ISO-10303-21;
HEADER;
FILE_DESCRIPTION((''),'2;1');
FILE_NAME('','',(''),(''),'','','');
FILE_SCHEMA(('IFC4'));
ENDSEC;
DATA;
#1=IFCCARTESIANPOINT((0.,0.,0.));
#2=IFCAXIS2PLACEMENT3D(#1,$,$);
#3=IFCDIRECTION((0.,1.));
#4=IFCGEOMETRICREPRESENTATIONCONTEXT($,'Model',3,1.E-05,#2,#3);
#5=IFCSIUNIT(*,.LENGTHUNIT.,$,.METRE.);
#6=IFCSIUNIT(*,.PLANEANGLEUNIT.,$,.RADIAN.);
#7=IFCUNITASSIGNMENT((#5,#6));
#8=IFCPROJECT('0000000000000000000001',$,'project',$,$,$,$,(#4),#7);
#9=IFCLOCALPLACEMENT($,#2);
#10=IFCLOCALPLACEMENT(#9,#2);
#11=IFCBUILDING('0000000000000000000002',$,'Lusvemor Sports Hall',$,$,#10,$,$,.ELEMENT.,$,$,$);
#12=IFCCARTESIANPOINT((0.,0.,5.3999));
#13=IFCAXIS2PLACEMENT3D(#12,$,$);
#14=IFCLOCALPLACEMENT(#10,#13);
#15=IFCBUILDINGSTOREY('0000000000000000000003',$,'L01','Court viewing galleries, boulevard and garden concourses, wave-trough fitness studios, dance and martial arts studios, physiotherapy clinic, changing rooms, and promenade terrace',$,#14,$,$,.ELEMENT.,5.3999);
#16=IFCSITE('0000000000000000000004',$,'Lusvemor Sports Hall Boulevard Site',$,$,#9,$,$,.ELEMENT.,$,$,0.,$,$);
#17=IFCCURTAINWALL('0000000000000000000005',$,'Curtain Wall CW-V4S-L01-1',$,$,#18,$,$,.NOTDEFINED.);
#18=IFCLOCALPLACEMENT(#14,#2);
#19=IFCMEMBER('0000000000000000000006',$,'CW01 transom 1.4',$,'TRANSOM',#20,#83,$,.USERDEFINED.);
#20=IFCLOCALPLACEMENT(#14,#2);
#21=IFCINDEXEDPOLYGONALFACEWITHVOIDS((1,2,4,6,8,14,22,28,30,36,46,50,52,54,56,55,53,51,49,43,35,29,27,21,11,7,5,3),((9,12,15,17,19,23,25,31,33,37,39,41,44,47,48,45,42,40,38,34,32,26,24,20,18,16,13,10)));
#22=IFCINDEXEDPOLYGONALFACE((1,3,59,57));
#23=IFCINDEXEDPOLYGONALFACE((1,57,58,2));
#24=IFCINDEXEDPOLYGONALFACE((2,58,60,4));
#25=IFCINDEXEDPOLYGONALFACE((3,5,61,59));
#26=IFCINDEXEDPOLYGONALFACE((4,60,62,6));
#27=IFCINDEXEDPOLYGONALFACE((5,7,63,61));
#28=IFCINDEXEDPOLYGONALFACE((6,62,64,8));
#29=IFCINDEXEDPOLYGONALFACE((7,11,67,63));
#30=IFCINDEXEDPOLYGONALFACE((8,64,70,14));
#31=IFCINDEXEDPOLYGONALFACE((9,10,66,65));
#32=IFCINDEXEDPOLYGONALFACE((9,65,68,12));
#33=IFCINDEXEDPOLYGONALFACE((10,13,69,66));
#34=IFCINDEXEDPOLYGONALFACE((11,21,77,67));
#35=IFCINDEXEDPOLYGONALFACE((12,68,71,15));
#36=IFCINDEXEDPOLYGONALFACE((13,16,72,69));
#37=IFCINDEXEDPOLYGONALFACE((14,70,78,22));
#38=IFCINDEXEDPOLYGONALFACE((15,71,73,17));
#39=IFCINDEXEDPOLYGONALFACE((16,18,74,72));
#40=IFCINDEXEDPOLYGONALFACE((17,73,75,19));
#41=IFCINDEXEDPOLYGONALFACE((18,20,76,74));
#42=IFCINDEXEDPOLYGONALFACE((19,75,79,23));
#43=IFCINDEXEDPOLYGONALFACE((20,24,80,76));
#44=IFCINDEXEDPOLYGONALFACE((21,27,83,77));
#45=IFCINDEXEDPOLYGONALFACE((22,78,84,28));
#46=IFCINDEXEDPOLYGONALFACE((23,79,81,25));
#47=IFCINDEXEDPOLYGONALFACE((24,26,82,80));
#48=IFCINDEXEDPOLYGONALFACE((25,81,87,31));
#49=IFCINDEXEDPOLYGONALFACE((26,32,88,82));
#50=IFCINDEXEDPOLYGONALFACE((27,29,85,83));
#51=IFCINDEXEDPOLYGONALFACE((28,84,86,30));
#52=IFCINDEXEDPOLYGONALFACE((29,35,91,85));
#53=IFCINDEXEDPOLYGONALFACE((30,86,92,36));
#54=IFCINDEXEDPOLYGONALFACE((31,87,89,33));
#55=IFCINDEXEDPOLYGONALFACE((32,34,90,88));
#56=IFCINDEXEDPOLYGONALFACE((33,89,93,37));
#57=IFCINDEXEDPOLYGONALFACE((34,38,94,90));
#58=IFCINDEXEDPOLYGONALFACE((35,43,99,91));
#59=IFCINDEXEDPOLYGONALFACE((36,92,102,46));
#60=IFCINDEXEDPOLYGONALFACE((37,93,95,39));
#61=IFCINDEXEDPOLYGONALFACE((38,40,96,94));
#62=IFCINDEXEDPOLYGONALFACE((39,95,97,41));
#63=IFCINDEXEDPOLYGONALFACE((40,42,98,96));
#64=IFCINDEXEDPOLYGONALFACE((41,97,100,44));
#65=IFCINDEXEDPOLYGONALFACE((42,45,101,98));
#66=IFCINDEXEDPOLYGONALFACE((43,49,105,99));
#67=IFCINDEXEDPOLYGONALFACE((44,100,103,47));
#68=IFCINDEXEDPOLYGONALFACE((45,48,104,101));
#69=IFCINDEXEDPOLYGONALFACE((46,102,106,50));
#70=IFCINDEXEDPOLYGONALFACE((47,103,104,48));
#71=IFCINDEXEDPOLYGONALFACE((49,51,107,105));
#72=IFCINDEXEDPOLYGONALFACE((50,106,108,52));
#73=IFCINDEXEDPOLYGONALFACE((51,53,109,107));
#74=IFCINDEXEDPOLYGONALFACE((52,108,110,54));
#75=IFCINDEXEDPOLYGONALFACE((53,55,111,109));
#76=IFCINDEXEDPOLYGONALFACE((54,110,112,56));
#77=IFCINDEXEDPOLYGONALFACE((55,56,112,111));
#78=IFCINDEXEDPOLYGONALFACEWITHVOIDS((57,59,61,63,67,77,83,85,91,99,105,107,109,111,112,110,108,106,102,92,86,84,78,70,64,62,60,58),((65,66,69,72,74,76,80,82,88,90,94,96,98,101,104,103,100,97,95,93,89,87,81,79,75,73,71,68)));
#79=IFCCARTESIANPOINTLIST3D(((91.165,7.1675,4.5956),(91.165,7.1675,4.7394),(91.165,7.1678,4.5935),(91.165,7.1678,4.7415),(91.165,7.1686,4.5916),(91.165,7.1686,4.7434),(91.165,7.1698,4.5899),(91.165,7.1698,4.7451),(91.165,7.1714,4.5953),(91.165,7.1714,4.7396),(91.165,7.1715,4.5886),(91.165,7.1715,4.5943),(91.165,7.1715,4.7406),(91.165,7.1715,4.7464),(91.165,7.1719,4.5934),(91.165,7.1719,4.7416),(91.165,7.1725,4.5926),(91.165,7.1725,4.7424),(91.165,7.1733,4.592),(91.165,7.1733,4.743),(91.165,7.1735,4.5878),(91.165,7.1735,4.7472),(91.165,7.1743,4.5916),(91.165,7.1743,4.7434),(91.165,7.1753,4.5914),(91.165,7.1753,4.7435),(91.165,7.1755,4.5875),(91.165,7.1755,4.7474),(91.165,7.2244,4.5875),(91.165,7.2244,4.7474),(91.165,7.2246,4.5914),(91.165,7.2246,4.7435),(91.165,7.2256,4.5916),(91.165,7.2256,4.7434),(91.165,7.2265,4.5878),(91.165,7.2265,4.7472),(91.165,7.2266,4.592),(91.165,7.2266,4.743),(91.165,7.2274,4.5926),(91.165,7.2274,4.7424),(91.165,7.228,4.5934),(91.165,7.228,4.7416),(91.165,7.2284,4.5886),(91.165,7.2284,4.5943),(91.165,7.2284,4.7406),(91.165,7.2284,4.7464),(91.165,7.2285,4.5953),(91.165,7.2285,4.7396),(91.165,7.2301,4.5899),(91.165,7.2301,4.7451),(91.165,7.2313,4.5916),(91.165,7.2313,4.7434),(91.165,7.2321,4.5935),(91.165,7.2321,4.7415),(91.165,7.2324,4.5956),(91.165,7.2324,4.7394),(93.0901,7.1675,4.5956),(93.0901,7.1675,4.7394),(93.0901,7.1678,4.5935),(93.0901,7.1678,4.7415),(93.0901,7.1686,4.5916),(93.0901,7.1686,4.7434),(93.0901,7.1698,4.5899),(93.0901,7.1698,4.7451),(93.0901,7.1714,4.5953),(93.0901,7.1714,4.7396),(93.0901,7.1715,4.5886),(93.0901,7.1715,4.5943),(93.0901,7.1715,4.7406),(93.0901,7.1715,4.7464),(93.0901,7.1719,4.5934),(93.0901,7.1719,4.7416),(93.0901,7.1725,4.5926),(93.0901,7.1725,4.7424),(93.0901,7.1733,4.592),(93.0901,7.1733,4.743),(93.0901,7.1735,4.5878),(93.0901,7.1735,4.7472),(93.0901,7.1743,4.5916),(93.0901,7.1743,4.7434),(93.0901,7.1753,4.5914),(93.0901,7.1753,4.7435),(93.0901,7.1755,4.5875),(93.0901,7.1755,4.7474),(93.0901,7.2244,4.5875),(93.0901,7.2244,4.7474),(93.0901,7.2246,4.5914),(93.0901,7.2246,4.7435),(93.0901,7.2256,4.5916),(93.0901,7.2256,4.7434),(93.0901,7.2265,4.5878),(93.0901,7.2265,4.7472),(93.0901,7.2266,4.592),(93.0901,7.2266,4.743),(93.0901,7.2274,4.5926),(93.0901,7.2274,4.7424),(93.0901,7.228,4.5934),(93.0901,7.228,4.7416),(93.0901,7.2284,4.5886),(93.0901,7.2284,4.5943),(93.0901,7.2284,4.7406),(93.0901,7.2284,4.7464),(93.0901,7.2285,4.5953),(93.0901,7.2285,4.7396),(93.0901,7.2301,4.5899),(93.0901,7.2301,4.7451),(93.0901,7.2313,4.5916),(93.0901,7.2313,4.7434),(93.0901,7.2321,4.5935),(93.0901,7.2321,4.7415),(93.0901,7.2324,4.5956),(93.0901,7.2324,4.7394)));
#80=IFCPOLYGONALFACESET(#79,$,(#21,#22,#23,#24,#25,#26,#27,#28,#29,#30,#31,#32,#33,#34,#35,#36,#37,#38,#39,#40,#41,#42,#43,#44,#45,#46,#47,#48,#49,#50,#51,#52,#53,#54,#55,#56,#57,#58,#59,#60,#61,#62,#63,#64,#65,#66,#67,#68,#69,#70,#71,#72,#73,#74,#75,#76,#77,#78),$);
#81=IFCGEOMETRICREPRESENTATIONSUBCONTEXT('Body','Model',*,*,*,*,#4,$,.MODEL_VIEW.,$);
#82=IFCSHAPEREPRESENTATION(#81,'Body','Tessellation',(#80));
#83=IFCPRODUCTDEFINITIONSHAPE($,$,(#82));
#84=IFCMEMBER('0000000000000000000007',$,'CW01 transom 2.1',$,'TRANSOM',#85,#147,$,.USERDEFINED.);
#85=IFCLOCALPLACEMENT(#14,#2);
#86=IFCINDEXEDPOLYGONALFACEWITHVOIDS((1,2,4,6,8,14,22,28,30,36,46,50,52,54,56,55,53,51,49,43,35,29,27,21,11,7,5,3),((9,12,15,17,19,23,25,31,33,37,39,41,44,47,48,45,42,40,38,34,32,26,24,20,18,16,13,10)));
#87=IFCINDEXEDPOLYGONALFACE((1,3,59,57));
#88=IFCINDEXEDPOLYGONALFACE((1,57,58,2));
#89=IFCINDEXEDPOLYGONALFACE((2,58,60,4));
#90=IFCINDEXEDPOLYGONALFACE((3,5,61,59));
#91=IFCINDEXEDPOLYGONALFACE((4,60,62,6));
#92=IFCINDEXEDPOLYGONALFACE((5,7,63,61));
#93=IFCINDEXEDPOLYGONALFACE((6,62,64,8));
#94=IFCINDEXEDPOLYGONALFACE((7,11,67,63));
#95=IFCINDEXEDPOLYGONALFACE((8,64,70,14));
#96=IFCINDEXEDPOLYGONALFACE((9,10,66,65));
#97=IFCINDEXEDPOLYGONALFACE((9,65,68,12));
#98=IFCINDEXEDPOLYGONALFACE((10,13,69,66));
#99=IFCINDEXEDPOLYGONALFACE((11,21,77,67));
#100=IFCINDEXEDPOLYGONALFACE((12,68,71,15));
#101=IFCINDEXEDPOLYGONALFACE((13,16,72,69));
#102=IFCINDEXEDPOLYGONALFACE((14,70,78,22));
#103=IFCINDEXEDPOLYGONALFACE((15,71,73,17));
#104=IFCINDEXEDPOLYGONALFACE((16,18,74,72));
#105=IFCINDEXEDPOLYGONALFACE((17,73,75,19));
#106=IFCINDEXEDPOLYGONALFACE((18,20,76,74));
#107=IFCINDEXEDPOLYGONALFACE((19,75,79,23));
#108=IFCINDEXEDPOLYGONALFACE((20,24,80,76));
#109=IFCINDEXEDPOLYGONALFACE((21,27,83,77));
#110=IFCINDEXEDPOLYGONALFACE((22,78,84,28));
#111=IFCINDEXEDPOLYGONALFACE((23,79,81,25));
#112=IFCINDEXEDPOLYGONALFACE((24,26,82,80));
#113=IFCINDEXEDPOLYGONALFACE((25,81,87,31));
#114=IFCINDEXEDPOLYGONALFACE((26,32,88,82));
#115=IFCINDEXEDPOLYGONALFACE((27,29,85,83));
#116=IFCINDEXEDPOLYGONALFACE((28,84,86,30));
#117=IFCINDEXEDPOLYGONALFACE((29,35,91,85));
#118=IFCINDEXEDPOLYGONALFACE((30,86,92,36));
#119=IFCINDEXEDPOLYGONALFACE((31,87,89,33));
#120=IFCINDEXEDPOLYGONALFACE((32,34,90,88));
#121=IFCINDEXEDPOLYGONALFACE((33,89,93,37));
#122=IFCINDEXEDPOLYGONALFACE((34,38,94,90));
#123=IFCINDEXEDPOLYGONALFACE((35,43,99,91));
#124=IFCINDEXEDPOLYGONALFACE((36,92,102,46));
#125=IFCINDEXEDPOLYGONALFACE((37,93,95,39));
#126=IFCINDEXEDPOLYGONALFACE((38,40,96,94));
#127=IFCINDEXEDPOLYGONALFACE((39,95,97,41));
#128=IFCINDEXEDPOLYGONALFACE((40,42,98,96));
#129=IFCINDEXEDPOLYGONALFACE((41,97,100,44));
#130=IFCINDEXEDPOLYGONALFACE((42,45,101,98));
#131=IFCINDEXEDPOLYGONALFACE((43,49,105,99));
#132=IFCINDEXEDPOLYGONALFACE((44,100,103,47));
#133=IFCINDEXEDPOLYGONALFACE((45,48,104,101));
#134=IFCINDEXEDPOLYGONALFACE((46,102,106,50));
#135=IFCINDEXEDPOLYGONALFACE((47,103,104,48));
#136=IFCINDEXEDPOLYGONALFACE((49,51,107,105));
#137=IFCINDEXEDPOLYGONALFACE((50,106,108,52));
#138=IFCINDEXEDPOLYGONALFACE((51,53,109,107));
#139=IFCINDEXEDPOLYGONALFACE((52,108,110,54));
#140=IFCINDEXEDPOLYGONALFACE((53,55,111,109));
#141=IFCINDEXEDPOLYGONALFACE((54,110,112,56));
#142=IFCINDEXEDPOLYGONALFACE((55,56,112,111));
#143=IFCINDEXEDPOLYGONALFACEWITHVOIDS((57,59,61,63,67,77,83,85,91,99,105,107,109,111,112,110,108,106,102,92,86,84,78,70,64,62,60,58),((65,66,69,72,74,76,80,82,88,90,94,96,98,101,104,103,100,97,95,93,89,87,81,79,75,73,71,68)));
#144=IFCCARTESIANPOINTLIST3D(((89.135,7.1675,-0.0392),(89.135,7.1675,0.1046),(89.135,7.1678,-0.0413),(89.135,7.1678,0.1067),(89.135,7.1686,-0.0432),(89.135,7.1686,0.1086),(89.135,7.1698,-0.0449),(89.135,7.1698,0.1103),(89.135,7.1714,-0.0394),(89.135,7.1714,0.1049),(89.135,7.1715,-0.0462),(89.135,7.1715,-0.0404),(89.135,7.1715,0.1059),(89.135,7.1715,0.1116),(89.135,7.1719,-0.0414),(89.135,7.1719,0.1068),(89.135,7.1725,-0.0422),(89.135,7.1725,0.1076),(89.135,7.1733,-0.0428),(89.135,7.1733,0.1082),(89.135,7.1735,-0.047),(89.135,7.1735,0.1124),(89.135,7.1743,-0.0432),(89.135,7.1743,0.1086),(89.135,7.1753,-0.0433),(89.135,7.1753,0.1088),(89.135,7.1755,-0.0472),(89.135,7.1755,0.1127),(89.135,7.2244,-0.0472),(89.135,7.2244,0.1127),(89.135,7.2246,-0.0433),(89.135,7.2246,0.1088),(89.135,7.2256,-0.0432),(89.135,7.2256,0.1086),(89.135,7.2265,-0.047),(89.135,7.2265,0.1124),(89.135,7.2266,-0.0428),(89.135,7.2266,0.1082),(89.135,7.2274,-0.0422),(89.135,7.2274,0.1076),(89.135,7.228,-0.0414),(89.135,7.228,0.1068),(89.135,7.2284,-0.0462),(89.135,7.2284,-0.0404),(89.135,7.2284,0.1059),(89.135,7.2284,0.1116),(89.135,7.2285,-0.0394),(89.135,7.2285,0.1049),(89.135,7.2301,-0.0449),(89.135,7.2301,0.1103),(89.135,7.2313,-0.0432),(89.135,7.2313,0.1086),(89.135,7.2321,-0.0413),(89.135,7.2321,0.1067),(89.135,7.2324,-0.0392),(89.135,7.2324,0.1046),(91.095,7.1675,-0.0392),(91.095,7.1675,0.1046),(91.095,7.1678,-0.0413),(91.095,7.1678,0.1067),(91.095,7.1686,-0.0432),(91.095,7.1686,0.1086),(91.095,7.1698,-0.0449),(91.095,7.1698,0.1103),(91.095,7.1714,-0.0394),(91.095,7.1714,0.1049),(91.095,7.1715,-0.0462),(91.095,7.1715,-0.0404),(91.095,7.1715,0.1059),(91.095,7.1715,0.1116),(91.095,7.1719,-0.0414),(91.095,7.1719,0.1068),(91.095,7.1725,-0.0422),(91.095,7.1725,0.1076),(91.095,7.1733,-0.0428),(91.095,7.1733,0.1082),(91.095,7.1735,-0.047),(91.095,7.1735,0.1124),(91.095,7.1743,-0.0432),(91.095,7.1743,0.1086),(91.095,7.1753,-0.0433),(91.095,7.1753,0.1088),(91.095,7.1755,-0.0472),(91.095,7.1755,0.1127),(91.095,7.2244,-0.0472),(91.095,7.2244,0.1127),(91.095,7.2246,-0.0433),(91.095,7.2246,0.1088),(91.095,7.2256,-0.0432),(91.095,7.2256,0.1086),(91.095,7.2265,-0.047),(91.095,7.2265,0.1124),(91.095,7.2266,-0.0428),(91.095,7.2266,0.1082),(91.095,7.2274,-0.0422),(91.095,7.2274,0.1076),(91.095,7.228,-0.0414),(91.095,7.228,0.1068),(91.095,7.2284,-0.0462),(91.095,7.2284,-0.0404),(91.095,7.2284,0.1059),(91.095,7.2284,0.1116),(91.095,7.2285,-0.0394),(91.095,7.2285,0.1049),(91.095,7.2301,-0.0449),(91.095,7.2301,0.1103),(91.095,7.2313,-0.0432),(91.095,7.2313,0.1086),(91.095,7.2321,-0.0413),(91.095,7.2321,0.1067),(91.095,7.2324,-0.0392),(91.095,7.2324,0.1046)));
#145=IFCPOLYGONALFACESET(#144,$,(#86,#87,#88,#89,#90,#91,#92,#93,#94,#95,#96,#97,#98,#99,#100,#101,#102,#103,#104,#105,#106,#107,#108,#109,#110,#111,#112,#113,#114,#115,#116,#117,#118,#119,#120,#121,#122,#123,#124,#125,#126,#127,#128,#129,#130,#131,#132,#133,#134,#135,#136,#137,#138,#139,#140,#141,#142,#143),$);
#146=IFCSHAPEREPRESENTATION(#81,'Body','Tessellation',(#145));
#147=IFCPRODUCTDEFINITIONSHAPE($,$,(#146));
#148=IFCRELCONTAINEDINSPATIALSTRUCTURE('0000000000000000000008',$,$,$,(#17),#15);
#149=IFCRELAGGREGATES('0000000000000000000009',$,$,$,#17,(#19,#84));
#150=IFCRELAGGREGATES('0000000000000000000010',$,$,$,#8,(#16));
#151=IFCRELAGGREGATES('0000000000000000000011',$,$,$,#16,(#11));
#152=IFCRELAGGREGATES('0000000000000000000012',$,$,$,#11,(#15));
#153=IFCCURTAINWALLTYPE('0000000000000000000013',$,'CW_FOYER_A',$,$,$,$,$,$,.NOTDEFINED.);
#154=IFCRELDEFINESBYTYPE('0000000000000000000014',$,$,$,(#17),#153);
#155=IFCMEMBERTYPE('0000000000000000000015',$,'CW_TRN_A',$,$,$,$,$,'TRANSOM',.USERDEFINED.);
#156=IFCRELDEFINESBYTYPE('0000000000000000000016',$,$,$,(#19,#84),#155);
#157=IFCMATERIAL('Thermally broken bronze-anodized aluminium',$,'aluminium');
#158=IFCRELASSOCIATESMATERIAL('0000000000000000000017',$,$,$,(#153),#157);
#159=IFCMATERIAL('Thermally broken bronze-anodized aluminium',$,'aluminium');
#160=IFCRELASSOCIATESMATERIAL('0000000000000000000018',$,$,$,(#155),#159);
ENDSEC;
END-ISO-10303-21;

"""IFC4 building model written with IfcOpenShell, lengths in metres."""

from ifc_helpers import new_model, si_unit, direction, frame, origin, origin_2d, place, context, subcontext, project, spatial, hollow_rectangle, extrude, material, material_profile, profile_set, type_object, element, aggregate, save


model = new_model("IFC4")

# Units and contexts
model_context = context("Model", 3, precision=1e-05, world=origin(), true_north=direction((0.0, 1.0)))
body_context = subcontext(model_context, "Body", "Model", "MODEL_VIEW")
ifc_project = project(units=[si_unit("LENGTHUNIT", "METRE"), si_unit("PLANEANGLEUNIT", "RADIAN")], contexts=[model_context])

# Site, building, storey
site_placement = place(None, origin())
site = spatial("IfcSite", under=ifc_project, at=site_placement, Name="Lusvemor Sports Hall Boulevard Site", CompositionType="ELEMENT", RefElevation=0.0)
building_placement = place(site_placement, origin())
building = spatial("IfcBuilding", under=site, at=building_placement, Name="Lusvemor Sports Hall", CompositionType="ELEMENT")
storey_placement = place(building_placement, frame((0.0, 0.0, 5.3999)))
storey = spatial("IfcBuildingStorey", under=building, at=storey_placement, Name="L01", Description="Court viewing galleries, boulevard and garden concourses, wave-trough fitness studios, dance and martial arts studios, physiotherapy clinic, changing rooms, and promenade terrace", CompositionType="ELEMENT", Elevation=5.3999)

# Curtain wall, members
ifc_material_1 = material(Name="Thermally broken bronze-anodized aluminium", Category="aluminium")
curtain_wall_type = type_object("IfcCurtainWallType", Name="CW_FOYER_A", PredefinedType="NOTDEFINED", material=ifc_material_1)
curtain_wall_placement = place(storey_placement, origin())
curtain_wall = element("IfcCurtainWall", 1, at=curtain_wall_placement, inside=storey, type_object=curtain_wall_type, Name="Curtain Wall CW-V4S-L01-1", PredefinedType="NOTDEFINED")
ifc_material_2 = material(Name="Thermally broken bronze-anodized aluminium", Category="aluminium")
ifc_material_profile_1 = material_profile(ifc_material_2, hollow_rectangle(XDim=0.0649, YDim=0.1599, WallThickness=0.0039, InnerFilletRadius=0.0039, OuterFilletRadius=0.0081, at=origin_2d()), Name="CWTRN160x65x4")
ifc_profile_set_1 = profile_set([ifc_material_profile_1], Name="Thermally broken bronze-anodized aluminium")
member_type_1 = type_object("IfcMemberType", Name="CW_TRN_A", ElementType="TRANSOM", PredefinedType="USERDEFINED", material=ifc_profile_set_1)
member_1_placement = place(storey_placement, frame((93.0901, 7.2, 4.6675), z_axis=(-1.0, 0.0, 0.0), x_axis=(0.0, -1.0, 0.0)))
member_1 = element("IfcMember", 2, at=member_1_placement, type_object=member_type_1, Name="CW01 transom 1.4", ObjectType="TRANSOM", PredefinedType="USERDEFINED", context=body_context, shape_type="SweptSolid", body=[
    extrude(hollow_rectangle(XDim=0.0649, YDim=0.1599, WallThickness=0.0039, InnerFilletRadius=0.0039, OuterFilletRadius=0.0081, at=origin_2d()), origin(), (0.0, 0.0, 1.0), 1.925),
])
member_2_placement = place(storey_placement, frame((91.095, 7.2, 0.0327), z_axis=(-1.0, 0.0, 0.0), x_axis=(0.0, -1.0, 0.0)))
member_2 = element("IfcMember", 3, at=member_2_placement, type_object=member_type_1, Name="CW01 transom 2.1", ObjectType="TRANSOM", PredefinedType="USERDEFINED", context=body_context, shape_type="SweptSolid", body=[
    extrude(hollow_rectangle(XDim=0.0649, YDim=0.1599, WallThickness=0.0039, InnerFilletRadius=0.0039, OuterFilletRadius=0.0081, at=origin_2d()), origin(), (0.0, 0.0, 1.0), 1.96),
])

aggregate(curtain_wall, [member_1, member_2])

save(model, "model.ifc")
